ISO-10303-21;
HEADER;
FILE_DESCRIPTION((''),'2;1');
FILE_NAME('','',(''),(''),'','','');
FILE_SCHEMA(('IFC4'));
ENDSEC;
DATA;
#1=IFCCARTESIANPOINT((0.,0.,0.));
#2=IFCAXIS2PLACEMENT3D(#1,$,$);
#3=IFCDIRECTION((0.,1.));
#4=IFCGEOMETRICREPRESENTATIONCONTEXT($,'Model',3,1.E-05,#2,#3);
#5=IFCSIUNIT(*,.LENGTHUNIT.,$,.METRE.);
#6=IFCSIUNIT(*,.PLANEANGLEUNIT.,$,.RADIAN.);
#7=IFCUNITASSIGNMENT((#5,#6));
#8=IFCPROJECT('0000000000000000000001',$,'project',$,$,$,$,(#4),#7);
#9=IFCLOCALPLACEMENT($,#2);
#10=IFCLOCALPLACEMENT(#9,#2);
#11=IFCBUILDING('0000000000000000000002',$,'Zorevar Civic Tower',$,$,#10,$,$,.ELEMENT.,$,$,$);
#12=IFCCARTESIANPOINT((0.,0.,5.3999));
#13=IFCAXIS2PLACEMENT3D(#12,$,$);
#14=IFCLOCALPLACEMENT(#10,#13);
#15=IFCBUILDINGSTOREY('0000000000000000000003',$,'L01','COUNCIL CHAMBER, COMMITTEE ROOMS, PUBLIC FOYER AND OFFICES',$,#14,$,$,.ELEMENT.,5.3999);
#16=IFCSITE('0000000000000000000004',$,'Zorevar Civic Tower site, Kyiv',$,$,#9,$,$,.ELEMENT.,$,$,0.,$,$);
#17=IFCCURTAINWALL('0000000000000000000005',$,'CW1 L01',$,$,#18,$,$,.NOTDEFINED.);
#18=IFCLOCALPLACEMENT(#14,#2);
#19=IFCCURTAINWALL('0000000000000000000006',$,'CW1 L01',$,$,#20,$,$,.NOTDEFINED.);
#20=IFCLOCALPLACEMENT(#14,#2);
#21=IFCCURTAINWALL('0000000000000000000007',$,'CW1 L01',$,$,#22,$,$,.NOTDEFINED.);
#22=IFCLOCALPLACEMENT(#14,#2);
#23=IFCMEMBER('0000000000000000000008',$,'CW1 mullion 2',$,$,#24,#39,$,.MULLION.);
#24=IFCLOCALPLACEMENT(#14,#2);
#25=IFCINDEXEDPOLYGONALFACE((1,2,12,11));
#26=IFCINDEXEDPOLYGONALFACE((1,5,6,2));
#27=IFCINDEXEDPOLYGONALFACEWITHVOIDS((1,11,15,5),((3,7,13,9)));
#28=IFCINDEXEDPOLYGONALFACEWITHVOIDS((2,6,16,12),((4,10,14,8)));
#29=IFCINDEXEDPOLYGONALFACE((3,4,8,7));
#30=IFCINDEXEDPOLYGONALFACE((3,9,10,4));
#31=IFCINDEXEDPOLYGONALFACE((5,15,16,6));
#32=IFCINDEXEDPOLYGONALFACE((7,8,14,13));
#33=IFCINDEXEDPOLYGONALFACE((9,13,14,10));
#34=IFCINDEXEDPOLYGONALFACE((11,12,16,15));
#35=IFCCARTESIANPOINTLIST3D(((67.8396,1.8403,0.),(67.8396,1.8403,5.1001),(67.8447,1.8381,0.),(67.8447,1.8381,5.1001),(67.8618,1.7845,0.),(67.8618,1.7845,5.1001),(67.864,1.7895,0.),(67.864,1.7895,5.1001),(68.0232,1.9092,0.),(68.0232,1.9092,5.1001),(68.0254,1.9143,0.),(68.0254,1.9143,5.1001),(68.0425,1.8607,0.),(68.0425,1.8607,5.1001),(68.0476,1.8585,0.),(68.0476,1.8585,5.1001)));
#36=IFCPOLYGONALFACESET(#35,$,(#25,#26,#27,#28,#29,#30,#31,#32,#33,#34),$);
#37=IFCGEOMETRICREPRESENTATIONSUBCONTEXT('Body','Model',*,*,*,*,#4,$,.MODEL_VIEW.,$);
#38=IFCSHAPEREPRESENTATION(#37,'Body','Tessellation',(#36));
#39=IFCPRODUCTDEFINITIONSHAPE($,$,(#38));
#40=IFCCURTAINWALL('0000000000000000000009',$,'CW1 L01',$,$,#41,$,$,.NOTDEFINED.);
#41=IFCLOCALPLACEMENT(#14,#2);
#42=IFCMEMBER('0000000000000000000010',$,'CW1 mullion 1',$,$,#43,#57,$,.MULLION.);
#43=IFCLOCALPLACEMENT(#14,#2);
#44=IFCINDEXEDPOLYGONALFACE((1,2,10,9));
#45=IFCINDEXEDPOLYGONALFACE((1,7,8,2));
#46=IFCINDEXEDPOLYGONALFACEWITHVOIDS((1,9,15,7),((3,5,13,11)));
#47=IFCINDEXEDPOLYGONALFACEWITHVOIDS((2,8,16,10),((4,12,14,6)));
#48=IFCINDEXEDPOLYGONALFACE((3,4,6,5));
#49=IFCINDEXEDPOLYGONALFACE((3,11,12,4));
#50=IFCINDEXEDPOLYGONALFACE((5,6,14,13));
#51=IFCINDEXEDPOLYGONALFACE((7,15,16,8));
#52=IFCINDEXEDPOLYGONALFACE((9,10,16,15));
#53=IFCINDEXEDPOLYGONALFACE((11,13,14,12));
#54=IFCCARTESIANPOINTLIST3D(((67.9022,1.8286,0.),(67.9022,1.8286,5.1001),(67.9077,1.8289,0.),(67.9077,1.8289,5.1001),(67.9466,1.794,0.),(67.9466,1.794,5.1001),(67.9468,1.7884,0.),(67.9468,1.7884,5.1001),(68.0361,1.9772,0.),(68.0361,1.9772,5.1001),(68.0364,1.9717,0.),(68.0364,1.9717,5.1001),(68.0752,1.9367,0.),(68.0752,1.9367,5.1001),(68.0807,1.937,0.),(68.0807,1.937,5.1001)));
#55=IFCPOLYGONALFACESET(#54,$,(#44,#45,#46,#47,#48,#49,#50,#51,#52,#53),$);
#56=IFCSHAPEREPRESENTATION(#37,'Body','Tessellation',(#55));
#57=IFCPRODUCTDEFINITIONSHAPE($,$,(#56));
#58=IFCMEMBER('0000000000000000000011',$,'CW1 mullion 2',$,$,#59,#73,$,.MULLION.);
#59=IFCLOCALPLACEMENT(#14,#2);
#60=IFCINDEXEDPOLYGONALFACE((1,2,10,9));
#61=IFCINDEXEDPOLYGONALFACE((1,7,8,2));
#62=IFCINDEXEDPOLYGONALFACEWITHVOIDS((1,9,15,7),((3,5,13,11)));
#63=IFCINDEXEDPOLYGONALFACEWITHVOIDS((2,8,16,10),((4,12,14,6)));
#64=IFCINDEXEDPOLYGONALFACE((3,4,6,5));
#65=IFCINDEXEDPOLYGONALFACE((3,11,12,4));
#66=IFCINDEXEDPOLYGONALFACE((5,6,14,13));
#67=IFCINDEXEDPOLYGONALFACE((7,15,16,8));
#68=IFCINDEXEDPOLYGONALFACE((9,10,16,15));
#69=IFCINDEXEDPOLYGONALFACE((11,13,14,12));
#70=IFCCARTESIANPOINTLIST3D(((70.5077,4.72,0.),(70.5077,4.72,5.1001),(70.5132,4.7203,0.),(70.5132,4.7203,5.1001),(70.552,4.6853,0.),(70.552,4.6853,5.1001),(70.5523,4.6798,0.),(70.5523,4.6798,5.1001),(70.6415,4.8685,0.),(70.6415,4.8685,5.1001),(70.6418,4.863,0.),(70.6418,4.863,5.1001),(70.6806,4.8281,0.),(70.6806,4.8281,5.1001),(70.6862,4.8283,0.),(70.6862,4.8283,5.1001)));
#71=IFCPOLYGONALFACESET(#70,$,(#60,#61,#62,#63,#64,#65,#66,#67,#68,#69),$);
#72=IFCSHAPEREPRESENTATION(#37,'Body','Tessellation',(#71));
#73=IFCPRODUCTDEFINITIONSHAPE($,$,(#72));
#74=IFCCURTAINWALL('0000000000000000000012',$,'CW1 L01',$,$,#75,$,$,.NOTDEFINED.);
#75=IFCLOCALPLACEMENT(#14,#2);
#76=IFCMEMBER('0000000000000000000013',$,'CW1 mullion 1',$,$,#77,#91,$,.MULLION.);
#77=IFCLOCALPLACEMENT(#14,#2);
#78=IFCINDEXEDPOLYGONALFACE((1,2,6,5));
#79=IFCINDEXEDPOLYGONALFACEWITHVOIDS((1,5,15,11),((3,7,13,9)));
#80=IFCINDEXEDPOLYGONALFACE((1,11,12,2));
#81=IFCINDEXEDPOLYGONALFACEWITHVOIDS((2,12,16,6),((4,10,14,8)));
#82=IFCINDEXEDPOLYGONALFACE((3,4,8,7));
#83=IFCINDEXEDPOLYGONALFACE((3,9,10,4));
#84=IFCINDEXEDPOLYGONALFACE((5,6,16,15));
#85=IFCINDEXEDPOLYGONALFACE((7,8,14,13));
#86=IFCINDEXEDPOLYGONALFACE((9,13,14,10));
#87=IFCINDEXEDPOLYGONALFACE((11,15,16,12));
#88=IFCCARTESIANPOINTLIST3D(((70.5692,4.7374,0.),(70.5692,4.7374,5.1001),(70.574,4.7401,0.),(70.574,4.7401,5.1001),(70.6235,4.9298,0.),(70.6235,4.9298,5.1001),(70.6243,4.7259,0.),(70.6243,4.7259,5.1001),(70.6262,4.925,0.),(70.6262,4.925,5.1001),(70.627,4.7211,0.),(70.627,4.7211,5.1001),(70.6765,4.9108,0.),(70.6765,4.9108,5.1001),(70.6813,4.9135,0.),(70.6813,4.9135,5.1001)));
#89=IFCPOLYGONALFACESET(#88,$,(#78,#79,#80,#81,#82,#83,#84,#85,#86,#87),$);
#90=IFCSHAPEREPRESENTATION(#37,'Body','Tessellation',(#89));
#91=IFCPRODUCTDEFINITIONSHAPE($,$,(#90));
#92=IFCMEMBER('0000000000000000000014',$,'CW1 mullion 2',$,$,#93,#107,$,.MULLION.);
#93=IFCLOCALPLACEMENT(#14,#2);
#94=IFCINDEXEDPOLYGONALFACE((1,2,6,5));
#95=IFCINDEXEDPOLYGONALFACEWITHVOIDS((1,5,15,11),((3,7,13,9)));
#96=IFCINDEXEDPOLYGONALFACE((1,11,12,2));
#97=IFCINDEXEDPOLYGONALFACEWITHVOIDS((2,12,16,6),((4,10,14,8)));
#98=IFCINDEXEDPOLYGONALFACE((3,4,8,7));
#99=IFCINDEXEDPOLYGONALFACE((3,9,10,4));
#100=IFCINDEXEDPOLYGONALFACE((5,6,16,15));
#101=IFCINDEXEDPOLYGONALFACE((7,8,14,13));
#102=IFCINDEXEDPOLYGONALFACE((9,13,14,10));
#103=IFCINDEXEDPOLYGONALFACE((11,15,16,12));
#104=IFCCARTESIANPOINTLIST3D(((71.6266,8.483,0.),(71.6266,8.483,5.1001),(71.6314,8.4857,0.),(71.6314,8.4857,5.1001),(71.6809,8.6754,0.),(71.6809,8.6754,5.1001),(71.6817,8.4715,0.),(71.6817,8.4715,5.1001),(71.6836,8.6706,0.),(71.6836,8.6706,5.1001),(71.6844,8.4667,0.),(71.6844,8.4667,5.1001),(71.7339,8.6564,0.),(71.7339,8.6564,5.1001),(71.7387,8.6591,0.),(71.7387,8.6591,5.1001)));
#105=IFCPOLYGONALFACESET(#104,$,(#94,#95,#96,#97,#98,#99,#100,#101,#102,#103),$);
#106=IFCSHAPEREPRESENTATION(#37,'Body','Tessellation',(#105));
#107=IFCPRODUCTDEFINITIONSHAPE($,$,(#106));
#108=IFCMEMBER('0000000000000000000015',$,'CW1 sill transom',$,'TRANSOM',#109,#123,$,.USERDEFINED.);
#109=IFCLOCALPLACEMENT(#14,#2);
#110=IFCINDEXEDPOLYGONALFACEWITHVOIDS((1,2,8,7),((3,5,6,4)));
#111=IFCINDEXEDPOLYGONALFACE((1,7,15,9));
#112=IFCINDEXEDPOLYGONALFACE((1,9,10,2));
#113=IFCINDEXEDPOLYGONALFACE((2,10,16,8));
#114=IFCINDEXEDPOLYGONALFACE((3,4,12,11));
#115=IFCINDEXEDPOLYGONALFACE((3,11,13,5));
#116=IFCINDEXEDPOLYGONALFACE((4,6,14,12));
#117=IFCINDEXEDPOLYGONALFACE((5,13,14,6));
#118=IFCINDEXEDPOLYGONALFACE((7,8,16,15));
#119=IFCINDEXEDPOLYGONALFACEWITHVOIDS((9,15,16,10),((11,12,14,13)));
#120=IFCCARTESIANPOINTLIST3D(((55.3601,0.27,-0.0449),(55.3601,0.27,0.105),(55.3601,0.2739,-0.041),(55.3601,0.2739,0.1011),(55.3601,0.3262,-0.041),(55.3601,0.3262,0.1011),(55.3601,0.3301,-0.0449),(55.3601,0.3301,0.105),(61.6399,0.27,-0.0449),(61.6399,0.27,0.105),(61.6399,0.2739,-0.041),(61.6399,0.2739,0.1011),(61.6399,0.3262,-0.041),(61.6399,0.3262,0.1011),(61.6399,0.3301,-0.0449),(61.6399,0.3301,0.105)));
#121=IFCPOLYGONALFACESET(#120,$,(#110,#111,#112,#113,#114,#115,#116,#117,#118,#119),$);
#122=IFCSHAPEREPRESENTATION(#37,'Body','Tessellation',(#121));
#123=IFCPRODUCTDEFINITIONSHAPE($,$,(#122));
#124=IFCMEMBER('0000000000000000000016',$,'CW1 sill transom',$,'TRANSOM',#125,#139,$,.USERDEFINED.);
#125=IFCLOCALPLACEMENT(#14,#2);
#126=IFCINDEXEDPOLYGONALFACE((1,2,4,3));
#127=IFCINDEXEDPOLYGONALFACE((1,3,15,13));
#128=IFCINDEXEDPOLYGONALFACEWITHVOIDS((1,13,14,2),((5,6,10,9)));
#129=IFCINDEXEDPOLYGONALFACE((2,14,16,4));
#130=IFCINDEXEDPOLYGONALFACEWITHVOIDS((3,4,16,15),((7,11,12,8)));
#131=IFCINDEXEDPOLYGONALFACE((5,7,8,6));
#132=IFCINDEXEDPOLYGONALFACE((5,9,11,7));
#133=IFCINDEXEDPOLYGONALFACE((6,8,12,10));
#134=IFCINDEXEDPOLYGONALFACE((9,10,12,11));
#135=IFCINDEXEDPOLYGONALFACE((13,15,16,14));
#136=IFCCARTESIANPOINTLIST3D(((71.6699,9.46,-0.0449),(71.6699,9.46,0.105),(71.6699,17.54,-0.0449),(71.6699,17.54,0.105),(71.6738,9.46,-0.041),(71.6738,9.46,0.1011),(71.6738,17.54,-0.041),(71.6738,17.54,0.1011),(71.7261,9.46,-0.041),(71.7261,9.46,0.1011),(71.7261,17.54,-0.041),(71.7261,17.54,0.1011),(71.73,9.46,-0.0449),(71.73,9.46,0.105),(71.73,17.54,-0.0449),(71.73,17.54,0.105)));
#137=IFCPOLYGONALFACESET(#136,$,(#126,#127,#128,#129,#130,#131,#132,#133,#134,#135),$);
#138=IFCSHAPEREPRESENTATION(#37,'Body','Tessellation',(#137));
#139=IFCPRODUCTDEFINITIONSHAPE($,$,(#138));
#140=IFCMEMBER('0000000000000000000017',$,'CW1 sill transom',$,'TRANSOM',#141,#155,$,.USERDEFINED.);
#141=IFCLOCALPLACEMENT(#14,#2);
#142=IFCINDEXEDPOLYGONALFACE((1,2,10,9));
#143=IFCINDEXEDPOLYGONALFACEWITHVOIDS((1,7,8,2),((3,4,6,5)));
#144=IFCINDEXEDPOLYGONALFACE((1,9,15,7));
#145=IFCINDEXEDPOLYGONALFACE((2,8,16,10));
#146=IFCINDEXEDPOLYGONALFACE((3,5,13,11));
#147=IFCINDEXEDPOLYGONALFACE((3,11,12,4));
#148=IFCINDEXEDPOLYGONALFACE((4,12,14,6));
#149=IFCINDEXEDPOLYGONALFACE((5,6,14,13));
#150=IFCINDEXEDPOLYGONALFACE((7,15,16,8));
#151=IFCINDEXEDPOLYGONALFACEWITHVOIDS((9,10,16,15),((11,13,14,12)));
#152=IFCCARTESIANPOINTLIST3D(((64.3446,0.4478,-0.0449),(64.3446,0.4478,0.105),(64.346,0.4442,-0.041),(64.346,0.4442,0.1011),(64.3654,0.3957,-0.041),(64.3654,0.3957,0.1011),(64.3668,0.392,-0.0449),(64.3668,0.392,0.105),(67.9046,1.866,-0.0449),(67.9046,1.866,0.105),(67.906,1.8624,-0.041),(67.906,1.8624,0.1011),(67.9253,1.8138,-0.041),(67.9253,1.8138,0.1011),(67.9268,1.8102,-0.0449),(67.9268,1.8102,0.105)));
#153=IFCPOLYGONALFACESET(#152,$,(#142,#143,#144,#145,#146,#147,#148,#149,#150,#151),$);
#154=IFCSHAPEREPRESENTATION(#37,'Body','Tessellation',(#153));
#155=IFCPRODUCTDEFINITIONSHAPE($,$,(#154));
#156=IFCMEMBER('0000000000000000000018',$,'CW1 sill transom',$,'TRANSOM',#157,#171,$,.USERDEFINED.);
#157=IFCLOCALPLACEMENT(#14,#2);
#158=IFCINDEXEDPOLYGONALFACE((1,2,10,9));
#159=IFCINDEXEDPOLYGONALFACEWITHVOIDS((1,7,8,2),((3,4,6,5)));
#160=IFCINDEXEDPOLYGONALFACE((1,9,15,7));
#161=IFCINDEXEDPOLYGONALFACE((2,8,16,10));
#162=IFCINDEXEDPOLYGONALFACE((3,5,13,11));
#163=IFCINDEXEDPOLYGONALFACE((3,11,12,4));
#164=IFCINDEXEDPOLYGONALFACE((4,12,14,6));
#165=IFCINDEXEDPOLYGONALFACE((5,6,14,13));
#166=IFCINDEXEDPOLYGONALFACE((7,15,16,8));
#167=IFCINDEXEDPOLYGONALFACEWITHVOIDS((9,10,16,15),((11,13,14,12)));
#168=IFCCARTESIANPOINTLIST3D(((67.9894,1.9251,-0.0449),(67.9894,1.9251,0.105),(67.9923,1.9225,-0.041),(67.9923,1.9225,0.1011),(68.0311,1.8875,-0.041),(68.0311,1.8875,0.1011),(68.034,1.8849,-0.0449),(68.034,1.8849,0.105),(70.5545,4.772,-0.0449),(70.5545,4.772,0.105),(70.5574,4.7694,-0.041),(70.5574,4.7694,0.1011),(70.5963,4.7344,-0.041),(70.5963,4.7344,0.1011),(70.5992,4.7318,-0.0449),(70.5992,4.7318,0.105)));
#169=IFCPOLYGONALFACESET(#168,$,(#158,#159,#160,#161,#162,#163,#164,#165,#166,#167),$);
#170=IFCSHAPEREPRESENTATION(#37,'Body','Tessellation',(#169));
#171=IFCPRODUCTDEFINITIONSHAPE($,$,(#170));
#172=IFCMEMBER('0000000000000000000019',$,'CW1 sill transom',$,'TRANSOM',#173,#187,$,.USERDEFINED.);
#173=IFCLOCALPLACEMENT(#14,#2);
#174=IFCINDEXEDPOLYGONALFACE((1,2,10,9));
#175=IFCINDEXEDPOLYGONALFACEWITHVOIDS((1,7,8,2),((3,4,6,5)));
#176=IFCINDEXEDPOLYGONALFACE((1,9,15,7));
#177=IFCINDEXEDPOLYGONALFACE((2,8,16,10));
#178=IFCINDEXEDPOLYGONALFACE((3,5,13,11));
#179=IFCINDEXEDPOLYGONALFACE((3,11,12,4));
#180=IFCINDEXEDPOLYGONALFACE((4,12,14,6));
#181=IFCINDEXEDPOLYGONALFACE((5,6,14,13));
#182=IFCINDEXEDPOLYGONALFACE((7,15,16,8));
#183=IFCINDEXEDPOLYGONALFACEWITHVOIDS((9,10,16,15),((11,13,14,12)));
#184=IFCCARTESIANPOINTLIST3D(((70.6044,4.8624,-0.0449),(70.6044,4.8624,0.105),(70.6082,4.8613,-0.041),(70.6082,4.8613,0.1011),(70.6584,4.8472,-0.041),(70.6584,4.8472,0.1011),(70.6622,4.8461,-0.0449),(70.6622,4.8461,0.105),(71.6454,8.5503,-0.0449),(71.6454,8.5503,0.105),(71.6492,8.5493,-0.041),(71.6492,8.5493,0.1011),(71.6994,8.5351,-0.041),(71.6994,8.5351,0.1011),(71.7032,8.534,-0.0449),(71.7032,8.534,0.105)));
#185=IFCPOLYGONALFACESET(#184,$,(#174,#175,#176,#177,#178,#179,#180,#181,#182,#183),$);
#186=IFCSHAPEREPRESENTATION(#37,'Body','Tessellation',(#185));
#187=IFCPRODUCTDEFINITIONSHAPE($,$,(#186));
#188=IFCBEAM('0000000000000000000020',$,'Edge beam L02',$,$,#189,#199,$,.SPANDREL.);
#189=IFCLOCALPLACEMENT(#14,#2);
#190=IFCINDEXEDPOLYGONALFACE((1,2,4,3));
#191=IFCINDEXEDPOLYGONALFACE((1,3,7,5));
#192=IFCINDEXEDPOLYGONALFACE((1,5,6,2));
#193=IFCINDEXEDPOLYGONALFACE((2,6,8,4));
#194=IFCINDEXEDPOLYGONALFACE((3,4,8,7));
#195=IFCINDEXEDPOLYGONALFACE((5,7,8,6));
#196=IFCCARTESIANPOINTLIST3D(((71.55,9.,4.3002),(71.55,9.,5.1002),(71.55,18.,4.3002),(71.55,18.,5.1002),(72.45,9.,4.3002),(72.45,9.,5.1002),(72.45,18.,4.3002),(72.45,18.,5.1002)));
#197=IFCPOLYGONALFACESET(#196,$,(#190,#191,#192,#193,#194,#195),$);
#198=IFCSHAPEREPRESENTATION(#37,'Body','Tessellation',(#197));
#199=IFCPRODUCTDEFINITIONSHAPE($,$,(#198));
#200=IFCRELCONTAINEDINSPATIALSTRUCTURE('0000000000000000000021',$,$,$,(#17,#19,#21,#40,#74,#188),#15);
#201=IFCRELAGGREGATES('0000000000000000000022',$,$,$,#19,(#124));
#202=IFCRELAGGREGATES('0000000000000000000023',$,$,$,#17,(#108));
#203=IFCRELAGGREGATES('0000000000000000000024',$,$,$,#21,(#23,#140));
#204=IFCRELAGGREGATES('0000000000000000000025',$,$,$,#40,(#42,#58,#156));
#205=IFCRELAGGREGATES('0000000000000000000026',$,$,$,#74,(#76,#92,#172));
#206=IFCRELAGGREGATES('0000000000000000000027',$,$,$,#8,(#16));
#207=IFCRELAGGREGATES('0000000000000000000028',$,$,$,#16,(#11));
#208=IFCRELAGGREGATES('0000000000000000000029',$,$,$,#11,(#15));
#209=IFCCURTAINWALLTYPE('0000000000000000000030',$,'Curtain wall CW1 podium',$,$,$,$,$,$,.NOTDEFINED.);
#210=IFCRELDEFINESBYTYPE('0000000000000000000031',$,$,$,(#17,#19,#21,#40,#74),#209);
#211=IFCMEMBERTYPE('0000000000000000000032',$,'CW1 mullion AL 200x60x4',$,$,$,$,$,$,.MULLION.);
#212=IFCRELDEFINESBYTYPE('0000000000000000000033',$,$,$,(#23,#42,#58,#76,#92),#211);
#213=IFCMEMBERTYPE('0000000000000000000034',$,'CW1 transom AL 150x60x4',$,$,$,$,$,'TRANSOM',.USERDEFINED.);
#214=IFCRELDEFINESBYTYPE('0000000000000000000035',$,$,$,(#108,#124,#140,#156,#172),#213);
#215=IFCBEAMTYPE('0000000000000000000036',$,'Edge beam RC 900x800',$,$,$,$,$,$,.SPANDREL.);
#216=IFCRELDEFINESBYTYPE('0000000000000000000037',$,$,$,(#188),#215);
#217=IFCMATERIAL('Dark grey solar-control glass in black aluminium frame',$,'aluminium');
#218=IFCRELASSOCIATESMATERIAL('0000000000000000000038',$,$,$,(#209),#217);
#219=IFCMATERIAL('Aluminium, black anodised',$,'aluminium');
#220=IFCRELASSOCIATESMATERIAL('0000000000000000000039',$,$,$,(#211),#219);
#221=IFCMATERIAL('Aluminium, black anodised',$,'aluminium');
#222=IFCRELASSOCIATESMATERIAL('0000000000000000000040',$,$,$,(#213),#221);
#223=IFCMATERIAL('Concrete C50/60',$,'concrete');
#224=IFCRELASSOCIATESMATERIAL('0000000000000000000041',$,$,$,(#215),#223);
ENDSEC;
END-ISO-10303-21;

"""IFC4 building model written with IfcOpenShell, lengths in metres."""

from ifc_helpers import new_model, si_unit, direction, frame, origin, origin_2d, place, context, subcontext, project, spatial, rectangle, hollow_rectangle, extrude, material, material_profile, profile_set, type_object, element, aggregate, save


model = new_model("IFC4")

# Units and contexts
model_context = context("Model", 3, precision=1e-05, world=origin(), true_north=direction((0.0, 1.0)))
body_context = subcontext(model_context, "Body", "Model", "MODEL_VIEW")
ifc_project = project(units=[si_unit("LENGTHUNIT", "METRE"), si_unit("PLANEANGLEUNIT", "RADIAN")], contexts=[model_context])

# Site, building, storey
site_placement = place(None, origin())
site = spatial("IfcSite", under=ifc_project, at=site_placement, Name="Zorevar Civic Tower site, Kyiv", CompositionType="ELEMENT", RefElevation=0.0)
building_placement = place(site_placement, origin())
building = spatial("IfcBuilding", under=site, at=building_placement, Name="Zorevar Civic Tower", CompositionType="ELEMENT")
storey_placement = place(building_placement, frame((0.0, 0.0, 5.3999)))
storey = spatial("IfcBuildingStorey", under=building, at=storey_placement, Name="L01", Description="COUNCIL CHAMBER, COMMITTEE ROOMS, PUBLIC FOYER AND OFFICES", CompositionType="ELEMENT", Elevation=5.3999)

# Curtain wall
ifc_material_1 = material(Name="Dark grey solar-control glass in black aluminium frame", Category="aluminium")
curtain_wall_type = type_object("IfcCurtainWallType", Name="Curtain wall CW1 podium", PredefinedType="NOTDEFINED", material=ifc_material_1)
curtain_wall_1_placement = place(storey_placement, origin())
curtain_wall_1 = element("IfcCurtainWall", 1, at=curtain_wall_1_placement, inside=storey, type_object=curtain_wall_type, Name="CW1 L01", PredefinedType="NOTDEFINED")
ifc_material_2 = material(Name="Aluminium, black anodised", Category="aluminium")
ifc_material_profile_1 = material_profile(ifc_material_2, hollow_rectangle(XDim=0.0601, YDim=0.2, WallThickness=0.0039, at=origin_2d()), Name="AL 200x60x4")
ifc_profile_set_1 = profile_set([ifc_material_profile_1], Name="Aluminium, black anodised")
member_type_1 = type_object("IfcMemberType", Name="CW1 mullion AL 200x60x4", PredefinedType="MULLION", material=ifc_profile_set_1)

# Curtain wall
curtain_wall_2_placement = place(storey_placement, origin())
curtain_wall_2 = element("IfcCurtainWall", 2, at=curtain_wall_2_placement, inside=storey, type_object=curtain_wall_type, Name="CW1 L01", PredefinedType="NOTDEFINED")

# Curtain walls, members
curtain_wall_3_placement = place(storey_placement, origin())
curtain_wall_3 = element("IfcCurtainWall", 3, at=curtain_wall_3_placement, inside=storey, type_object=curtain_wall_type, Name="CW1 L01", PredefinedType="NOTDEFINED")
member_1_placement = place(storey_placement, frame((67.9436, 1.8494, 0.0), z_axis=(0.0, 0.0, 1.0), x_axis=(-0.370111, 0.928988, 0.0)))
member_1 = element("IfcMember", 4, at=member_1_placement, type_object=member_type_1, Name="CW1 mullion 2", PredefinedType="MULLION", context=body_context, shape_type="SweptSolid", body=[
    extrude(hollow_rectangle(XDim=0.0601, YDim=0.2, WallThickness=0.0039, at=origin_2d()), origin(), (0.0, 0.0, 1.0), 5.1001),
])
curtain_wall_4_placement = place(storey_placement, origin())
curtain_wall_4 = element("IfcCurtainWall", 5, at=curtain_wall_4_placement, inside=storey, type_object=curtain_wall_type, Name="CW1 L01", PredefinedType="NOTDEFINED")
member_2_placement = place(storey_placement, frame((67.9915, 1.8828, 0.0), z_axis=(0.0, 0.0, 1.0), x_axis=(-0.7429, 0.669403, 0.0)))
member_2 = element("IfcMember", 6, at=member_2_placement, type_object=member_type_1, Name="CW1 mullion 1", PredefinedType="MULLION", context=body_context, shape_type="SweptSolid", body=[
    extrude(hollow_rectangle(XDim=0.0601, YDim=0.2, WallThickness=0.0039, at=origin_2d()), origin(), (0.0, 0.0, 1.0), 5.1001),
])
member_3_placement = place(storey_placement, frame((70.5969, 4.7742, 0.0), z_axis=(0.0, 0.0, 1.0), x_axis=(-0.7429, 0.669403, 0.0)))
member_3 = element("IfcMember", 7, at=member_3_placement, type_object=member_type_1, Name="CW1 mullion 2", PredefinedType="MULLION", context=body_context, shape_type="SweptSolid", body=[
    extrude(hollow_rectangle(XDim=0.0601, YDim=0.2, WallThickness=0.0039, at=origin_2d()), origin(), (0.0, 0.0, 1.0), 5.1001),
])
curtain_wall_5_placement = place(storey_placement, origin())
curtain_wall_5 = element("IfcCurtainWall", 8, at=curtain_wall_5_placement, inside=storey, type_object=curtain_wall_type, Name="CW1 L01", PredefinedType="NOTDEFINED")
member_4_placement = place(storey_placement, frame((70.6252, 4.8254, 0.0), z_axis=(0.0, 0.0, 1.0), x_axis=(-0.962391, 0.271669, 0.0)))
member_4 = element("IfcMember", 9, at=member_4_placement, type_object=member_type_1, Name="CW1 mullion 1", PredefinedType="MULLION", context=body_context, shape_type="SweptSolid", body=[
    extrude(hollow_rectangle(XDim=0.0601, YDim=0.2, WallThickness=0.0039, at=origin_2d()), origin(), (0.0, 0.0, 1.0), 5.1001),
])
member_5_placement = place(storey_placement, frame((71.6826, 8.571, 0.0), z_axis=(0.0, 0.0, 1.0), x_axis=(-0.962391, 0.271669, 0.0)))
member_5 = element("IfcMember", 10, at=member_5_placement, type_object=member_type_1, Name="CW1 mullion 2", PredefinedType="MULLION", context=body_context, shape_type="SweptSolid", body=[
    extrude(hollow_rectangle(XDim=0.0601, YDim=0.2, WallThickness=0.0039, at=origin_2d()), origin(), (0.0, 0.0, 1.0), 5.1001),
])

# Members
ifc_material_3 = material(Name="Aluminium, black anodised", Category="aluminium")
ifc_material_profile_2 = material_profile(ifc_material_3, hollow_rectangle(XDim=0.0601, YDim=0.1499, WallThickness=0.0039, at=origin_2d()), Name="AL 150x60x4")
ifc_profile_set_2 = profile_set([ifc_material_profile_2], Name="Aluminium, black anodised")
member_type_2 = type_object("IfcMemberType", Name="CW1 transom AL 150x60x4", ElementType="TRANSOM", PredefinedType="USERDEFINED", material=ifc_profile_set_2)
member_6_placement = place(storey_placement, frame((55.3601, 0.3, 0.03), z_axis=(1.0, 0.0, 0.0), x_axis=(0.0, 1.0, 0.0)))
member_6 = element("IfcMember", 11, at=member_6_placement, type_object=member_type_2, Name="CW1 sill transom", ObjectType="TRANSOM", PredefinedType="USERDEFINED", context=body_context, shape_type="SweptSolid", body=[
    extrude(hollow_rectangle(XDim=0.0601, YDim=0.1499, WallThickness=0.0039, at=origin_2d()), origin(), (0.0, 0.0, 1.0), 6.2798),
])
member_7_placement = place(storey_placement, frame((71.7, 9.46, 0.03), z_axis=(0.0, 1.0, 0.0), x_axis=(-1.0, 0.0, 0.0)))
member_7 = element("IfcMember", 12, at=member_7_placement, type_object=member_type_2, Name="CW1 sill transom", ObjectType="TRANSOM", PredefinedType="USERDEFINED", context=body_context, shape_type="SweptSolid", body=[
    extrude(hollow_rectangle(XDim=0.0601, YDim=0.1499, WallThickness=0.0039, at=origin_2d()), origin(), (0.0, 0.0, 1.0), 8.0801),
])
aggregate(curtain_wall_2, [member_7])
member_8_placement = place(storey_placement, frame((64.3557, 0.4199, 0.03), z_axis=(0.928999, 0.370083, 0.0), x_axis=(-0.370083, 0.928999, 0.0)))
member_8 = element("IfcMember", 13, at=member_8_placement, type_object=member_type_2, Name="CW1 sill transom", ObjectType="TRANSOM", PredefinedType="USERDEFINED", context=body_context, shape_type="SweptSolid", body=[
    extrude(hollow_rectangle(XDim=0.0601, YDim=0.1499, WallThickness=0.0039, at=origin_2d()), origin(), (0.0, 0.0, 1.0), 3.832),
])
member_9_placement = place(storey_placement, frame((68.0117, 1.905, 0.03), z_axis=(0.669391, 0.742911, 0.0), x_axis=(-0.742911, 0.669391, 0.0)))
member_9 = element("IfcMember", 14, at=member_9_placement, type_object=member_type_2, Name="CW1 sill transom", ObjectType="TRANSOM", PredefinedType="USERDEFINED", context=body_context, shape_type="SweptSolid", body=[
    extrude(hollow_rectangle(XDim=0.0601, YDim=0.1499, WallThickness=0.0039, at=origin_2d()), origin(), (0.0, 0.0, 1.0), 3.832),
])
member_10_placement = place(storey_placement, frame((70.6333, 4.8542, 0.03), z_axis=(0.271657, 0.962394, 0.0), x_axis=(-0.962394, 0.271657, 0.0)))
member_10 = element("IfcMember", 15, at=member_10_placement, type_object=member_type_2, Name="CW1 sill transom", ObjectType="TRANSOM", PredefinedType="USERDEFINED", context=body_context, shape_type="SweptSolid", body=[
    extrude(hollow_rectangle(XDim=0.0601, YDim=0.1499, WallThickness=0.0039, at=origin_2d()), origin(), (0.0, 0.0, 1.0), 3.832),
])

# Beam
ifc_material_4 = material(Name="Concrete C50/60", Category="concrete")
ifc_material_profile_3 = material_profile(ifc_material_4, rectangle(XDim=0.8999, YDim=0.8, at=origin_2d()), Name="RC 900x800")
ifc_profile_set_3 = profile_set([ifc_material_profile_3], Name="Concrete C50/60")
beam_type_1 = type_object("IfcBeamType", Name="Edge beam RC 900x800", PredefinedType="SPANDREL", material=ifc_profile_set_3)
beam_1_placement = place(storey_placement, frame((72.0, 9.0, 4.7002), z_axis=(0.0, 1.0, 0.0), x_axis=(-1.0, 0.0, 0.0)))
element("IfcBeam", 16, at=beam_1_placement, inside=storey, type_object=beam_type_1, Name="Edge beam L02", PredefinedType="SPANDREL", context=body_context, shape_type="SweptSolid", body=[
    extrude(rectangle(XDim=0.8999, YDim=0.8, at=origin_2d()), origin(), (0.0, 0.0, 1.0), 9.0),
])

aggregate(curtain_wall_1, [member_6])
aggregate(curtain_wall_3, [member_1, member_8])
aggregate(curtain_wall_4, [member_2, member_3, member_9])
aggregate(curtain_wall_5, [member_4, member_5, member_10])

save(model, "model.ifc")
